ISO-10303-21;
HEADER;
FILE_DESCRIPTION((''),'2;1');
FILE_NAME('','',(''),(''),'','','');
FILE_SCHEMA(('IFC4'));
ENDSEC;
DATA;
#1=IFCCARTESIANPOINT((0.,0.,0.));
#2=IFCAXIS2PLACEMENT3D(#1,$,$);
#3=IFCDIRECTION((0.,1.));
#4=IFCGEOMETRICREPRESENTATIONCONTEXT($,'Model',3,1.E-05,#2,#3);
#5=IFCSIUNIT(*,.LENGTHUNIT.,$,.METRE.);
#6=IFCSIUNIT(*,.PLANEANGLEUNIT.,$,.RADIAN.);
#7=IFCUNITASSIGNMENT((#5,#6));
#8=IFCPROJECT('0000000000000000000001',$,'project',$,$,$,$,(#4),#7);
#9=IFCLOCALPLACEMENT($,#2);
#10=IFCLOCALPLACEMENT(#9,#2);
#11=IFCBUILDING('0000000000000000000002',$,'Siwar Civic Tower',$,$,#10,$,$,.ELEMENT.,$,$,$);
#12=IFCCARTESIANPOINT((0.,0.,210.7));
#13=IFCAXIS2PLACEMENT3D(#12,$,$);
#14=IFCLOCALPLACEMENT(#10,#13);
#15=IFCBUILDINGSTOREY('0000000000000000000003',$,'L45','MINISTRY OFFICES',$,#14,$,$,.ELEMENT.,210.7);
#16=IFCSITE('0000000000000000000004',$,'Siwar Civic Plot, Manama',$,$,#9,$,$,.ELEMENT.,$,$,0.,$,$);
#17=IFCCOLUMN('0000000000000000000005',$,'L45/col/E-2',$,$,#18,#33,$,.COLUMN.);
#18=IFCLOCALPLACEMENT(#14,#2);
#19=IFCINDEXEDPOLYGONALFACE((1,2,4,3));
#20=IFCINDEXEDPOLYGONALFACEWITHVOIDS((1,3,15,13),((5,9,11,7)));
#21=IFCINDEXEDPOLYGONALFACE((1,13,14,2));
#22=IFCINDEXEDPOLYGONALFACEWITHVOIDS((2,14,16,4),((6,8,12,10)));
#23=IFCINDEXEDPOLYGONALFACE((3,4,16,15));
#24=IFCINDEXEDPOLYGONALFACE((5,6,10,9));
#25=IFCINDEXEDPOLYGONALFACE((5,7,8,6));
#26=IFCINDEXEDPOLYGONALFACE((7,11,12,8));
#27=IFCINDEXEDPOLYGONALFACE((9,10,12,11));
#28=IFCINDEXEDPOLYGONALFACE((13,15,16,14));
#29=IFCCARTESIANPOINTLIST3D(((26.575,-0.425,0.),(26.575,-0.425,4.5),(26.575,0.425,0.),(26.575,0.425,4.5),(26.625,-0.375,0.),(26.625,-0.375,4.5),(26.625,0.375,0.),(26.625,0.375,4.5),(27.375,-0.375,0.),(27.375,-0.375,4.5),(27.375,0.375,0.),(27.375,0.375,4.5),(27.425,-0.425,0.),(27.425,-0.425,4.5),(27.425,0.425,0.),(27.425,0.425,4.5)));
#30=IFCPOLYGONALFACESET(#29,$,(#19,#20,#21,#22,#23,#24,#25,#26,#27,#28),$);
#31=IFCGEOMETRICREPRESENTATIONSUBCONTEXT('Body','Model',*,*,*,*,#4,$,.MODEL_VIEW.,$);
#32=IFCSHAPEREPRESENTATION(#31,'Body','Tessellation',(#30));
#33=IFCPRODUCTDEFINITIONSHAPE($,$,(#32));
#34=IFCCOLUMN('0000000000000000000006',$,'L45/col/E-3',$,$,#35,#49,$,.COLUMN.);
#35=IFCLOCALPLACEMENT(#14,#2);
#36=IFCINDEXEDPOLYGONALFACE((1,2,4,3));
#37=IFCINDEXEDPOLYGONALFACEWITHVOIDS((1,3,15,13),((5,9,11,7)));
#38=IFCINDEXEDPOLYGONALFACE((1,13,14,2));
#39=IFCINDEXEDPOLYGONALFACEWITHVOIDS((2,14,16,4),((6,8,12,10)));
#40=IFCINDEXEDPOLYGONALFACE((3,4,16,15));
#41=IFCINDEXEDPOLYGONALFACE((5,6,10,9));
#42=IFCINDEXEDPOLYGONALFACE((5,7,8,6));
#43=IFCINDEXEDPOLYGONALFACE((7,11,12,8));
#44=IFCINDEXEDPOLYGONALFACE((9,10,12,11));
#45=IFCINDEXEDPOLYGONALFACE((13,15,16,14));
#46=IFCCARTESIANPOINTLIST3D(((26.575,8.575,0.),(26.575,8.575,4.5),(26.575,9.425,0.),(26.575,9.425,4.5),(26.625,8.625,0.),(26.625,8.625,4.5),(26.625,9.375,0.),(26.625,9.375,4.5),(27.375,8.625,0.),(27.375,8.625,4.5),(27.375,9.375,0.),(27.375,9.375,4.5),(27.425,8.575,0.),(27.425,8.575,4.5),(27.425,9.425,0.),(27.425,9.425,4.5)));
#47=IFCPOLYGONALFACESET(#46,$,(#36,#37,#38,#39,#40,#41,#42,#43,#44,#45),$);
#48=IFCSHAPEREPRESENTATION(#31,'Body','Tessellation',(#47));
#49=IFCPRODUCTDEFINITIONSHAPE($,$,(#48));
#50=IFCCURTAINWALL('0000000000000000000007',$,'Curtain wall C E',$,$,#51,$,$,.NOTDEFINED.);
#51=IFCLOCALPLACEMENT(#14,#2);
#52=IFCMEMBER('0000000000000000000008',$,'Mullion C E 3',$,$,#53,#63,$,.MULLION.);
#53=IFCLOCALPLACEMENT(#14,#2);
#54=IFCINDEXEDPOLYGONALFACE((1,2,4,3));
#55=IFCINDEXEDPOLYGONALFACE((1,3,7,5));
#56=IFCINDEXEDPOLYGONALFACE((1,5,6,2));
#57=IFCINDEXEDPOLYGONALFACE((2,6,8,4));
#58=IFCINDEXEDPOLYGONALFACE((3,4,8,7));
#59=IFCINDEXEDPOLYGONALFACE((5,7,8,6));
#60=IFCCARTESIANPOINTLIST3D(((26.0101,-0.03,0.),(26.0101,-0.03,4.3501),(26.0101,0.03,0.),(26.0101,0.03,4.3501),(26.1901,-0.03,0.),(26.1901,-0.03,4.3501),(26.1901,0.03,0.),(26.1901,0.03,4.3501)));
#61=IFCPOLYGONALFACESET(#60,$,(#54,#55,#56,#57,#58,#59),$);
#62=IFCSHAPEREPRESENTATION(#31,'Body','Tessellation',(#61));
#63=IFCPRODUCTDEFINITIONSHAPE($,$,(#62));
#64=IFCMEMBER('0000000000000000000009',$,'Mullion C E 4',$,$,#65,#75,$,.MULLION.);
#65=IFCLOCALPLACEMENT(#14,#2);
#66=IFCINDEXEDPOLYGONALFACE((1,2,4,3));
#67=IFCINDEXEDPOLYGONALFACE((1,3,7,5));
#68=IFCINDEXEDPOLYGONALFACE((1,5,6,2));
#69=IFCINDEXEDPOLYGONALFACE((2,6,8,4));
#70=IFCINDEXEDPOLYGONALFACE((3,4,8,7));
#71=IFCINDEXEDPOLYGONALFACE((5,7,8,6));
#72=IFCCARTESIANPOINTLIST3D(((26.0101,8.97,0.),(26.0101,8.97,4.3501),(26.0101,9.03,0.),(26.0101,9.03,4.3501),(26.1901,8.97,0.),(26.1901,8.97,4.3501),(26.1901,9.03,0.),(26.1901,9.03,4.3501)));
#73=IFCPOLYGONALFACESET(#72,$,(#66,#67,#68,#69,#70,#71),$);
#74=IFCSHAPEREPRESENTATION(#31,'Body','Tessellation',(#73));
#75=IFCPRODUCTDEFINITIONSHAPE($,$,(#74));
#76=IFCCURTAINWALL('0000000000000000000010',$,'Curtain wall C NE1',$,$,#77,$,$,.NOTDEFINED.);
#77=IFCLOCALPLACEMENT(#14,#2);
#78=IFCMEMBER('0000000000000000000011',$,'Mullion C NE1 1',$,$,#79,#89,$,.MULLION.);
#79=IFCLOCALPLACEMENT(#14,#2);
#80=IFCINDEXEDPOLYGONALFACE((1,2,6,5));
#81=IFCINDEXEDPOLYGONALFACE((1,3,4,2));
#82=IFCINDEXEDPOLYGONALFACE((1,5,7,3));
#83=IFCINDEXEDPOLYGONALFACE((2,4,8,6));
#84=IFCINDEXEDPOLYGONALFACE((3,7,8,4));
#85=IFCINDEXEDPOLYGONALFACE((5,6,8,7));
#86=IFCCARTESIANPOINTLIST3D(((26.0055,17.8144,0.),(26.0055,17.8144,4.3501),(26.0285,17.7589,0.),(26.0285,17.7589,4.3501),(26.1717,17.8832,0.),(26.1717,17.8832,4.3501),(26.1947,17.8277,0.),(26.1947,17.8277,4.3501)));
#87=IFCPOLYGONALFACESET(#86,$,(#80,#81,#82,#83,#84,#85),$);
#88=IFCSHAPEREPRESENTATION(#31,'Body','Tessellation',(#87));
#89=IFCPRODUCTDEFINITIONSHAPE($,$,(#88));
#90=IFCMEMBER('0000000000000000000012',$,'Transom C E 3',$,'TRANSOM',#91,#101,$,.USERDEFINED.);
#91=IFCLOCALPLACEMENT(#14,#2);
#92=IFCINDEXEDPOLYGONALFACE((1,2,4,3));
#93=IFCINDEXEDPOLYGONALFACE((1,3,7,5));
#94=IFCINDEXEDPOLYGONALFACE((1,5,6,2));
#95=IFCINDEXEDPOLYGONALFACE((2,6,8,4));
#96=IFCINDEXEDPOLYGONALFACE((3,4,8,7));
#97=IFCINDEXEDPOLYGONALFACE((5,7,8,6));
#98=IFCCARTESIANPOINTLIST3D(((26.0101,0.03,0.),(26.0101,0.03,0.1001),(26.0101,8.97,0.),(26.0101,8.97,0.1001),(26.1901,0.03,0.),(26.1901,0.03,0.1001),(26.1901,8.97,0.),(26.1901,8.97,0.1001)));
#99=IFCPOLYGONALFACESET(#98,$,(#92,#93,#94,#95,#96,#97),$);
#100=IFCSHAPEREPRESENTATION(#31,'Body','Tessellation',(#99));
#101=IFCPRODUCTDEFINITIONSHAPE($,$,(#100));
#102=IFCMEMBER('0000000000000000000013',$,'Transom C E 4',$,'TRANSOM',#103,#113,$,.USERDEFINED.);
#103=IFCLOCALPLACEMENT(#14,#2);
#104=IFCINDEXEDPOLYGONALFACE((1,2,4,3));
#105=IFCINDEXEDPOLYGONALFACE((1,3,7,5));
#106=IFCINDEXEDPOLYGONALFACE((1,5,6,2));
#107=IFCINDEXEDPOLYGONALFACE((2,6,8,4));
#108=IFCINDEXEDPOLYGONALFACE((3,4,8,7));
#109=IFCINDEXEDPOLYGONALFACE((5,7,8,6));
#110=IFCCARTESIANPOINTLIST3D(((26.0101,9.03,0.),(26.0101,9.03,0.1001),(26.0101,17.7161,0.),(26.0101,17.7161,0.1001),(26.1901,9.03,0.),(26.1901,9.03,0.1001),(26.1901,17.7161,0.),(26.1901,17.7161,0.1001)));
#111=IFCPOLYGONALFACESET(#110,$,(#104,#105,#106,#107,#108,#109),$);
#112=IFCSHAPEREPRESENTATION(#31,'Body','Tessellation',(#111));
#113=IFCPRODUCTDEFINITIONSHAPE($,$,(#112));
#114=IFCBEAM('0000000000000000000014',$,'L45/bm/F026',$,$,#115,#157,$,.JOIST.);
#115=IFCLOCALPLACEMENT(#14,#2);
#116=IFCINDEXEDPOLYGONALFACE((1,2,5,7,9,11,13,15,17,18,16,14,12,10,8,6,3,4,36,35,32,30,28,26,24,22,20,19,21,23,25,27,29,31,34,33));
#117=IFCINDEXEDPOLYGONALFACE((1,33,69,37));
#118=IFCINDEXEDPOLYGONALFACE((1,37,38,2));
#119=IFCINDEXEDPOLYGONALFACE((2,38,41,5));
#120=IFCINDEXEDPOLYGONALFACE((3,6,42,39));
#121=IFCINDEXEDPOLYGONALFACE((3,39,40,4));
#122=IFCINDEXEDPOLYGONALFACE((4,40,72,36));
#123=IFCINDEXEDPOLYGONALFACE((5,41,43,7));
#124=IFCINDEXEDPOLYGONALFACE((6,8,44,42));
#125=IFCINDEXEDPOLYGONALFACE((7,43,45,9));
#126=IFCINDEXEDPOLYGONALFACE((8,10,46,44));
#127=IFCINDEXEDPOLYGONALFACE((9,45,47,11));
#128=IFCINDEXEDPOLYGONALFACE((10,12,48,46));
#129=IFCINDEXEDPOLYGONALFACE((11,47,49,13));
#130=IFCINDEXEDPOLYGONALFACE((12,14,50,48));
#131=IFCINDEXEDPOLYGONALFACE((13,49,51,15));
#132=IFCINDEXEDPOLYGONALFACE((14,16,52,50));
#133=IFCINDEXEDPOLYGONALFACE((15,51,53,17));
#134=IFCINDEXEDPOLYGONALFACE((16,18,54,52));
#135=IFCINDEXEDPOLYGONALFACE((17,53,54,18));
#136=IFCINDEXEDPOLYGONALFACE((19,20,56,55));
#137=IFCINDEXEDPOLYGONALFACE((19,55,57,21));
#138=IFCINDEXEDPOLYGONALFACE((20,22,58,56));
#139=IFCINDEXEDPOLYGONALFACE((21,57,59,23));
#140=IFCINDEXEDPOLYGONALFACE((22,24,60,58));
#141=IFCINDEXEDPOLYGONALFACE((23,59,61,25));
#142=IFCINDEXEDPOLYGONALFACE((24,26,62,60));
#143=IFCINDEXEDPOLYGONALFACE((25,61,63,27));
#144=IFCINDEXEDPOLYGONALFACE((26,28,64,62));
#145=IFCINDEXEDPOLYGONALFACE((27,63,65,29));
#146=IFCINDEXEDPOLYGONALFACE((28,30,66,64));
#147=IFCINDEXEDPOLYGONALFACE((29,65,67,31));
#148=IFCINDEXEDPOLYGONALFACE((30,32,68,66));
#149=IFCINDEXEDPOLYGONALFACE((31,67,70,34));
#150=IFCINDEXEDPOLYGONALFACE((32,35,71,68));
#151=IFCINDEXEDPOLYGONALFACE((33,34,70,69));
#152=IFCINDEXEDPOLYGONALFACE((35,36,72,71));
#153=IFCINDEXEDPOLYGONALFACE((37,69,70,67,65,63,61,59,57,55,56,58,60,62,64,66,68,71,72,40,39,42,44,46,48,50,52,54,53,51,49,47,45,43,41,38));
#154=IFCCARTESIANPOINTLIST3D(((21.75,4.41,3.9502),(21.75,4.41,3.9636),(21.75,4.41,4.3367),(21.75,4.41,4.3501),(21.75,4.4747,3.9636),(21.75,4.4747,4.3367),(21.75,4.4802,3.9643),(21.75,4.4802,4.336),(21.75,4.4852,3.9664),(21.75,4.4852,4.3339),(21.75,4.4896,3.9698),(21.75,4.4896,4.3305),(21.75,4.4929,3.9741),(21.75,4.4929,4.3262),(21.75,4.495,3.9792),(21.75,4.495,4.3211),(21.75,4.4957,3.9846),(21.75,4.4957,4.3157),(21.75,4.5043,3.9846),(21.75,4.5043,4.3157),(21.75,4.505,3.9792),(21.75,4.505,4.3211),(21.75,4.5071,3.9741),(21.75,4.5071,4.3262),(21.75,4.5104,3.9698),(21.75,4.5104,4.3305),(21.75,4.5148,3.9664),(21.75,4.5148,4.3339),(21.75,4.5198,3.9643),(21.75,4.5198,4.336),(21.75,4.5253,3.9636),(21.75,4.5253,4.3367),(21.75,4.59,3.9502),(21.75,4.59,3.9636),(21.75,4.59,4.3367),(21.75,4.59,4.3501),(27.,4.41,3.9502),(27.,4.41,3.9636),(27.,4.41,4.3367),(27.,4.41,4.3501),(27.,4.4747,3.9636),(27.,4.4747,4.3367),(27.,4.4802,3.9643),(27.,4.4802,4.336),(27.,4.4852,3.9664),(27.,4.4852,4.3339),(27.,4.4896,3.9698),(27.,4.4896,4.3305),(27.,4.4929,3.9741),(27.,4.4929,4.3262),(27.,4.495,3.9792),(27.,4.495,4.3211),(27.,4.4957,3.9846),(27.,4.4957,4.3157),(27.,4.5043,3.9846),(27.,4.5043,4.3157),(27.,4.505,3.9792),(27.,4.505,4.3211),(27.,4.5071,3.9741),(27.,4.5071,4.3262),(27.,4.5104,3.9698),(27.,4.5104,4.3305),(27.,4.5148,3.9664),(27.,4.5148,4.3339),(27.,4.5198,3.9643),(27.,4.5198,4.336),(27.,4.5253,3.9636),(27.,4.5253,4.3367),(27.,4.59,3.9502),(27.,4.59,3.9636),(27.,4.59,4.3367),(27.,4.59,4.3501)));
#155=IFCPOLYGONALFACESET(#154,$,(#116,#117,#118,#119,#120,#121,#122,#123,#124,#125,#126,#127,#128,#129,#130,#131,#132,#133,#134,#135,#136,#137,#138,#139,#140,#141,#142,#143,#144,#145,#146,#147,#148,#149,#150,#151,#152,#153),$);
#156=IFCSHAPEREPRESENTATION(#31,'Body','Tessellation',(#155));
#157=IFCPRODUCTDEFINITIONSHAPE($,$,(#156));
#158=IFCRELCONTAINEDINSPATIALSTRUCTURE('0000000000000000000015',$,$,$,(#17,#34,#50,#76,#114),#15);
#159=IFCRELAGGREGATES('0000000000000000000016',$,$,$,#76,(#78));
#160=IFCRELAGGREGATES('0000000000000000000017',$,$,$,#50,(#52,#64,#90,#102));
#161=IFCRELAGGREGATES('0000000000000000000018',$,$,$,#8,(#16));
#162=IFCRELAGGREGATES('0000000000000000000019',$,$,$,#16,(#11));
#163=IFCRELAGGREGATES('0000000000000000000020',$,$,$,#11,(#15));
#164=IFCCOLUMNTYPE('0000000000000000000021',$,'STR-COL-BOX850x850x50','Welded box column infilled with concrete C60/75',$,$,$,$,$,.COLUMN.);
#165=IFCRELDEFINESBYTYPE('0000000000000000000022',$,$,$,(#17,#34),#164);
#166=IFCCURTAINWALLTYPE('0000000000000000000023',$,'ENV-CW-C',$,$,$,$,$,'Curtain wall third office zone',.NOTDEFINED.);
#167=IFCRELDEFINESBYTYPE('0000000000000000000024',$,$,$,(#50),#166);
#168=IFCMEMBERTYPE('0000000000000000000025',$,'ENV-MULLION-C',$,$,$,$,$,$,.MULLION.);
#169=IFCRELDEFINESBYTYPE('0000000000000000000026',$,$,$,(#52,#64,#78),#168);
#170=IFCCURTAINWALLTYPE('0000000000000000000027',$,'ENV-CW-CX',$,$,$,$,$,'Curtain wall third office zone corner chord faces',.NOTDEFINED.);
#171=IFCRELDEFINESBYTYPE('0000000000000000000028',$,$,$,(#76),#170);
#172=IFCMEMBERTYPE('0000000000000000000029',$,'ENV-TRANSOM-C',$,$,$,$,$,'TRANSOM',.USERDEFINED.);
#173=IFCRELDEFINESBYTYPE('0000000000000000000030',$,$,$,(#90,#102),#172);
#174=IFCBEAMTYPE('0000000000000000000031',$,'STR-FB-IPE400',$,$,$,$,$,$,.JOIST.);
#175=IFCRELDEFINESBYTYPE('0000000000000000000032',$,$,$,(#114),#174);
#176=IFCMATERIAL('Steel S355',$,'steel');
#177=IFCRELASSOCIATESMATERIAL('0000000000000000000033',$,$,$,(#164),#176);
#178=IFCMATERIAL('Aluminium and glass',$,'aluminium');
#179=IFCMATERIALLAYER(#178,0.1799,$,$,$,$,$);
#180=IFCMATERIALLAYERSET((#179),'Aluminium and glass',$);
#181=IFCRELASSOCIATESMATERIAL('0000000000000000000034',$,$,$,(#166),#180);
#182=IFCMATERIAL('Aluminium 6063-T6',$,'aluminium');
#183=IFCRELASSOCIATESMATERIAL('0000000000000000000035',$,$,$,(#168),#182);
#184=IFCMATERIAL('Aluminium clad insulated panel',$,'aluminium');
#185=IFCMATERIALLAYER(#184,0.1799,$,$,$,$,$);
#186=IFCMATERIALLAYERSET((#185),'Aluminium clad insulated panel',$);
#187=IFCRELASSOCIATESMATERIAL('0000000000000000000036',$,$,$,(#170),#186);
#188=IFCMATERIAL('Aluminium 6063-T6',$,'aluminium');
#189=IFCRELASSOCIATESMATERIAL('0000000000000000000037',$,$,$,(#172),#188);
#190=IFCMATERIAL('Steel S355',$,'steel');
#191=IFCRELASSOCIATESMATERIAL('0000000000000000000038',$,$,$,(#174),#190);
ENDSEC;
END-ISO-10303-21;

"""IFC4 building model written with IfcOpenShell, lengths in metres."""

from ifc_helpers import new_model, si_unit, direction, frame, origin, origin_2d, place, context, subcontext, project, spatial, rectangle, hollow_rectangle, i_section, extrude, material, layer, layer_set, material_profile, profile_set, type_object, element, aggregate, save


model = new_model("IFC4")

# Units and contexts
model_context = context("Model", 3, precision=1e-05, world=origin(), true_north=direction((0.0, 1.0)))
body_context = subcontext(model_context, "Body", "Model", "MODEL_VIEW")
ifc_project = project(units=[si_unit("LENGTHUNIT", "METRE"), si_unit("PLANEANGLEUNIT", "RADIAN")], contexts=[model_context])

# Site, building, storey
site_placement = place(None, origin())
site = spatial("IfcSite", under=ifc_project, at=site_placement, Name="Siwar Civic Plot, Manama", CompositionType="ELEMENT", RefElevation=0.0)
building_placement = place(site_placement, origin())
building = spatial("IfcBuilding", under=site, at=building_placement, Name="Siwar Civic Tower", CompositionType="ELEMENT")
storey_placement = place(building_placement, frame((0.0, 0.0, 210.7)))
storey = spatial("IfcBuildingStorey", under=building, at=storey_placement, Name="L45", Description="MINISTRY OFFICES", CompositionType="ELEMENT", Elevation=210.7)

# Columns
ifc_material_1 = material(Name="Steel S355", Category="steel")
ifc_material_profile_1 = material_profile(ifc_material_1, hollow_rectangle(XDim=0.8501, YDim=0.8501, WallThickness=0.05, at=origin_2d()), Name="BOX850x850x50")
ifc_profile_set_1 = profile_set([ifc_material_profile_1], Name="Steel S355")
column_type = type_object("IfcColumnType", Name="STR-COL-BOX850x850x50", Description="Welded box column infilled with concrete C60/75", PredefinedType="COLUMN", material=ifc_profile_set_1)
for number, where, z_axis, x_axis, name in (
    (1, (27.0, 0.0, 0.0), (0.0, 0.0, 1.0), (1.0, 0.0, 0.0), "L45/col/E-2"),
    (2, (27.0, 9.0, 0.0), (0.0, 0.0, 1.0), (1.0, 0.0, 0.0), "L45/col/E-3"),
):
    element("IfcColumn", number, at=place(storey_placement, frame(where, z_axis=z_axis, x_axis=x_axis)), inside=storey, type_object=column_type, Name=name, PredefinedType="COLUMN", context=body_context, shape_type="SweptSolid", body=[
        extrude(hollow_rectangle(XDim=0.8501, YDim=0.8501, WallThickness=0.05, at=origin_2d()), origin(), (0.0, 0.0, 1.0), 4.5),
    ])

# Curtain wall, members
ifc_material_2 = material(Name="Aluminium and glass", Category="aluminium")
ifc_layer_1 = layer(ifc_material_2, 0.1799)
ifc_layer_set_1 = layer_set([ifc_layer_1], Name="Aluminium and glass")
curtain_wall_type_1 = type_object("IfcCurtainWallType", Name="ENV-CW-C", ElementType="Curtain wall third office zone", PredefinedType="NOTDEFINED", material=ifc_layer_set_1)
curtain_wall_1_placement = place(storey_placement, origin())
curtain_wall_1 = element("IfcCurtainWall", 3, at=curtain_wall_1_placement, inside=storey, type_object=curtain_wall_type_1, Name="Curtain wall C E", PredefinedType="NOTDEFINED")
ifc_material_3 = material(Name="Aluminium 6063-T6", Category="aluminium")
ifc_material_profile_2 = material_profile(ifc_material_3, rectangle(XDim=0.1799, YDim=0.0601, at=origin_2d()), Name="AL 180x60")
ifc_profile_set_2 = profile_set([ifc_material_profile_2], Name="Aluminium 6063-T6")
member_type_1 = type_object("IfcMemberType", Name="ENV-MULLION-C", PredefinedType="MULLION", material=ifc_profile_set_2)
member_1_placement = place(storey_placement, frame((26.1001, 0.0, 0.0), z_axis=(0.0, 0.0, 1.0), x_axis=(-1.0, 0.0, 0.0)))
member_1 = element("IfcMember", 4, at=member_1_placement, type_object=member_type_1, Name="Mullion C E 3", PredefinedType="MULLION", context=body_context, shape_type="SweptSolid", body=[
    extrude(rectangle(XDim=0.1799, YDim=0.0601, at=origin_2d()), origin(), (0.0, 0.0, 1.0), 4.3501),
])
member_2_placement = place(storey_placement, frame((26.1001, 9.0, 0.0), z_axis=(0.0, 0.0, 1.0), x_axis=(-1.0, 0.0, 0.0)))
member_2 = element("IfcMember", 5, at=member_2_placement, type_object=member_type_1, Name="Mullion C E 4", PredefinedType="MULLION", context=body_context, shape_type="SweptSolid", body=[
    extrude(rectangle(XDim=0.1799, YDim=0.0601, at=origin_2d()), origin(), (0.0, 0.0, 1.0), 4.3501),
])

# Curtain wall, member
ifc_material_4 = material(Name="Aluminium clad insulated panel", Category="aluminium")
ifc_layer_2 = layer(ifc_material_4, 0.1799)
ifc_layer_set_2 = layer_set([ifc_layer_2], Name="Aluminium clad insulated panel")
curtain_wall_type_2 = type_object("IfcCurtainWallType", Name="ENV-CW-CX", ElementType="Curtain wall third office zone corner chord faces", PredefinedType="NOTDEFINED", material=ifc_layer_set_2)
curtain_wall_2_placement = place(storey_placement, origin())
curtain_wall_2 = element("IfcCurtainWall", 6, at=curtain_wall_2_placement, inside=storey, type_object=curtain_wall_type_2, Name="Curtain wall C NE1", PredefinedType="NOTDEFINED")
member_3_placement = place(storey_placement, frame((26.1001, 17.821, 0.0), z_axis=(0.0, 0.0, 1.0), x_axis=(-0.92388, -0.382683, 0.0)))
member_3 = element("IfcMember", 7, at=member_3_placement, type_object=member_type_1, Name="Mullion C NE1 1", PredefinedType="MULLION", context=body_context, shape_type="SweptSolid", body=[
    extrude(rectangle(XDim=0.1799, YDim=0.0601, at=origin_2d()), origin(), (0.0, 0.0, 1.0), 4.3501),
])
aggregate(curtain_wall_2, [member_3])

# Members
ifc_material_5 = material(Name="Aluminium 6063-T6", Category="aluminium")
ifc_material_profile_3 = material_profile(ifc_material_5, rectangle(XDim=0.1799, YDim=0.1001, at=origin_2d()), Name="AL 180x100")
ifc_profile_set_3 = profile_set([ifc_material_profile_3], Name="Aluminium 6063-T6")
member_type_2 = type_object("IfcMemberType", Name="ENV-TRANSOM-C", ElementType="TRANSOM", PredefinedType="USERDEFINED", material=ifc_profile_set_3)
member_4_placement = place(storey_placement, frame((26.1001, 0.03, 0.05), z_axis=(0.0, 1.0, 0.0), x_axis=(-1.0, 0.0, 0.0)))
member_4 = element("IfcMember", 8, at=member_4_placement, type_object=member_type_2, Name="Transom C E 3", ObjectType="TRANSOM", PredefinedType="USERDEFINED", context=body_context, shape_type="SweptSolid", body=[
    extrude(rectangle(XDim=0.1799, YDim=0.1001, at=origin_2d()), origin(), (0.0, 0.0, 1.0), 8.9399),
])
member_5_placement = place(storey_placement, frame((26.1001, 9.03, 0.05), z_axis=(0.0, 1.0, 0.0), x_axis=(-1.0, 0.0, 0.0)))
member_5 = element("IfcMember", 9, at=member_5_placement, type_object=member_type_2, Name="Transom C E 4", ObjectType="TRANSOM", PredefinedType="USERDEFINED", context=body_context, shape_type="SweptSolid", body=[
    extrude(rectangle(XDim=0.1799, YDim=0.1001, at=origin_2d()), origin(), (0.0, 0.0, 1.0), 8.686),
])

# Beam
ifc_material_6 = material(Name="Steel S355", Category="steel")
ifc_material_profile_4 = material_profile(ifc_material_6, i_section(OverallWidth=0.1799, OverallDepth=0.3999, WebThickness=0.0085, FlangeThickness=0.0134, FilletRadius=0.021, at=origin_2d()), Name="IPE400")
ifc_profile_set_4 = profile_set([ifc_material_profile_4], Name="Steel S355")
beam_type_1 = type_object("IfcBeamType", Name="STR-FB-IPE400", PredefinedType="JOIST", material=ifc_profile_set_4)
for number, where, z_axis, x_axis, name in (
    (10, (21.75, 4.5, 4.1501), (1.0, 0.0, 0.0), (0.0, 1.0, 0.0), "L45/bm/F026"),
):
    element("IfcBeam", number, at=place(storey_placement, frame(where, z_axis=z_axis, x_axis=x_axis)), inside=storey, type_object=beam_type_1, Name=name, PredefinedType="JOIST", context=body_context, shape_type="SweptSolid", body=[
        extrude(i_section(OverallWidth=0.1799, OverallDepth=0.3999, WebThickness=0.0085, FlangeThickness=0.0134, FilletRadius=0.021, at=origin_2d()), origin(), (0.0, 0.0, 1.0), 5.25),
    ])

aggregate(curtain_wall_1, [member_1, member_2, member_4, member_5])

save(model, "model.ifc")
